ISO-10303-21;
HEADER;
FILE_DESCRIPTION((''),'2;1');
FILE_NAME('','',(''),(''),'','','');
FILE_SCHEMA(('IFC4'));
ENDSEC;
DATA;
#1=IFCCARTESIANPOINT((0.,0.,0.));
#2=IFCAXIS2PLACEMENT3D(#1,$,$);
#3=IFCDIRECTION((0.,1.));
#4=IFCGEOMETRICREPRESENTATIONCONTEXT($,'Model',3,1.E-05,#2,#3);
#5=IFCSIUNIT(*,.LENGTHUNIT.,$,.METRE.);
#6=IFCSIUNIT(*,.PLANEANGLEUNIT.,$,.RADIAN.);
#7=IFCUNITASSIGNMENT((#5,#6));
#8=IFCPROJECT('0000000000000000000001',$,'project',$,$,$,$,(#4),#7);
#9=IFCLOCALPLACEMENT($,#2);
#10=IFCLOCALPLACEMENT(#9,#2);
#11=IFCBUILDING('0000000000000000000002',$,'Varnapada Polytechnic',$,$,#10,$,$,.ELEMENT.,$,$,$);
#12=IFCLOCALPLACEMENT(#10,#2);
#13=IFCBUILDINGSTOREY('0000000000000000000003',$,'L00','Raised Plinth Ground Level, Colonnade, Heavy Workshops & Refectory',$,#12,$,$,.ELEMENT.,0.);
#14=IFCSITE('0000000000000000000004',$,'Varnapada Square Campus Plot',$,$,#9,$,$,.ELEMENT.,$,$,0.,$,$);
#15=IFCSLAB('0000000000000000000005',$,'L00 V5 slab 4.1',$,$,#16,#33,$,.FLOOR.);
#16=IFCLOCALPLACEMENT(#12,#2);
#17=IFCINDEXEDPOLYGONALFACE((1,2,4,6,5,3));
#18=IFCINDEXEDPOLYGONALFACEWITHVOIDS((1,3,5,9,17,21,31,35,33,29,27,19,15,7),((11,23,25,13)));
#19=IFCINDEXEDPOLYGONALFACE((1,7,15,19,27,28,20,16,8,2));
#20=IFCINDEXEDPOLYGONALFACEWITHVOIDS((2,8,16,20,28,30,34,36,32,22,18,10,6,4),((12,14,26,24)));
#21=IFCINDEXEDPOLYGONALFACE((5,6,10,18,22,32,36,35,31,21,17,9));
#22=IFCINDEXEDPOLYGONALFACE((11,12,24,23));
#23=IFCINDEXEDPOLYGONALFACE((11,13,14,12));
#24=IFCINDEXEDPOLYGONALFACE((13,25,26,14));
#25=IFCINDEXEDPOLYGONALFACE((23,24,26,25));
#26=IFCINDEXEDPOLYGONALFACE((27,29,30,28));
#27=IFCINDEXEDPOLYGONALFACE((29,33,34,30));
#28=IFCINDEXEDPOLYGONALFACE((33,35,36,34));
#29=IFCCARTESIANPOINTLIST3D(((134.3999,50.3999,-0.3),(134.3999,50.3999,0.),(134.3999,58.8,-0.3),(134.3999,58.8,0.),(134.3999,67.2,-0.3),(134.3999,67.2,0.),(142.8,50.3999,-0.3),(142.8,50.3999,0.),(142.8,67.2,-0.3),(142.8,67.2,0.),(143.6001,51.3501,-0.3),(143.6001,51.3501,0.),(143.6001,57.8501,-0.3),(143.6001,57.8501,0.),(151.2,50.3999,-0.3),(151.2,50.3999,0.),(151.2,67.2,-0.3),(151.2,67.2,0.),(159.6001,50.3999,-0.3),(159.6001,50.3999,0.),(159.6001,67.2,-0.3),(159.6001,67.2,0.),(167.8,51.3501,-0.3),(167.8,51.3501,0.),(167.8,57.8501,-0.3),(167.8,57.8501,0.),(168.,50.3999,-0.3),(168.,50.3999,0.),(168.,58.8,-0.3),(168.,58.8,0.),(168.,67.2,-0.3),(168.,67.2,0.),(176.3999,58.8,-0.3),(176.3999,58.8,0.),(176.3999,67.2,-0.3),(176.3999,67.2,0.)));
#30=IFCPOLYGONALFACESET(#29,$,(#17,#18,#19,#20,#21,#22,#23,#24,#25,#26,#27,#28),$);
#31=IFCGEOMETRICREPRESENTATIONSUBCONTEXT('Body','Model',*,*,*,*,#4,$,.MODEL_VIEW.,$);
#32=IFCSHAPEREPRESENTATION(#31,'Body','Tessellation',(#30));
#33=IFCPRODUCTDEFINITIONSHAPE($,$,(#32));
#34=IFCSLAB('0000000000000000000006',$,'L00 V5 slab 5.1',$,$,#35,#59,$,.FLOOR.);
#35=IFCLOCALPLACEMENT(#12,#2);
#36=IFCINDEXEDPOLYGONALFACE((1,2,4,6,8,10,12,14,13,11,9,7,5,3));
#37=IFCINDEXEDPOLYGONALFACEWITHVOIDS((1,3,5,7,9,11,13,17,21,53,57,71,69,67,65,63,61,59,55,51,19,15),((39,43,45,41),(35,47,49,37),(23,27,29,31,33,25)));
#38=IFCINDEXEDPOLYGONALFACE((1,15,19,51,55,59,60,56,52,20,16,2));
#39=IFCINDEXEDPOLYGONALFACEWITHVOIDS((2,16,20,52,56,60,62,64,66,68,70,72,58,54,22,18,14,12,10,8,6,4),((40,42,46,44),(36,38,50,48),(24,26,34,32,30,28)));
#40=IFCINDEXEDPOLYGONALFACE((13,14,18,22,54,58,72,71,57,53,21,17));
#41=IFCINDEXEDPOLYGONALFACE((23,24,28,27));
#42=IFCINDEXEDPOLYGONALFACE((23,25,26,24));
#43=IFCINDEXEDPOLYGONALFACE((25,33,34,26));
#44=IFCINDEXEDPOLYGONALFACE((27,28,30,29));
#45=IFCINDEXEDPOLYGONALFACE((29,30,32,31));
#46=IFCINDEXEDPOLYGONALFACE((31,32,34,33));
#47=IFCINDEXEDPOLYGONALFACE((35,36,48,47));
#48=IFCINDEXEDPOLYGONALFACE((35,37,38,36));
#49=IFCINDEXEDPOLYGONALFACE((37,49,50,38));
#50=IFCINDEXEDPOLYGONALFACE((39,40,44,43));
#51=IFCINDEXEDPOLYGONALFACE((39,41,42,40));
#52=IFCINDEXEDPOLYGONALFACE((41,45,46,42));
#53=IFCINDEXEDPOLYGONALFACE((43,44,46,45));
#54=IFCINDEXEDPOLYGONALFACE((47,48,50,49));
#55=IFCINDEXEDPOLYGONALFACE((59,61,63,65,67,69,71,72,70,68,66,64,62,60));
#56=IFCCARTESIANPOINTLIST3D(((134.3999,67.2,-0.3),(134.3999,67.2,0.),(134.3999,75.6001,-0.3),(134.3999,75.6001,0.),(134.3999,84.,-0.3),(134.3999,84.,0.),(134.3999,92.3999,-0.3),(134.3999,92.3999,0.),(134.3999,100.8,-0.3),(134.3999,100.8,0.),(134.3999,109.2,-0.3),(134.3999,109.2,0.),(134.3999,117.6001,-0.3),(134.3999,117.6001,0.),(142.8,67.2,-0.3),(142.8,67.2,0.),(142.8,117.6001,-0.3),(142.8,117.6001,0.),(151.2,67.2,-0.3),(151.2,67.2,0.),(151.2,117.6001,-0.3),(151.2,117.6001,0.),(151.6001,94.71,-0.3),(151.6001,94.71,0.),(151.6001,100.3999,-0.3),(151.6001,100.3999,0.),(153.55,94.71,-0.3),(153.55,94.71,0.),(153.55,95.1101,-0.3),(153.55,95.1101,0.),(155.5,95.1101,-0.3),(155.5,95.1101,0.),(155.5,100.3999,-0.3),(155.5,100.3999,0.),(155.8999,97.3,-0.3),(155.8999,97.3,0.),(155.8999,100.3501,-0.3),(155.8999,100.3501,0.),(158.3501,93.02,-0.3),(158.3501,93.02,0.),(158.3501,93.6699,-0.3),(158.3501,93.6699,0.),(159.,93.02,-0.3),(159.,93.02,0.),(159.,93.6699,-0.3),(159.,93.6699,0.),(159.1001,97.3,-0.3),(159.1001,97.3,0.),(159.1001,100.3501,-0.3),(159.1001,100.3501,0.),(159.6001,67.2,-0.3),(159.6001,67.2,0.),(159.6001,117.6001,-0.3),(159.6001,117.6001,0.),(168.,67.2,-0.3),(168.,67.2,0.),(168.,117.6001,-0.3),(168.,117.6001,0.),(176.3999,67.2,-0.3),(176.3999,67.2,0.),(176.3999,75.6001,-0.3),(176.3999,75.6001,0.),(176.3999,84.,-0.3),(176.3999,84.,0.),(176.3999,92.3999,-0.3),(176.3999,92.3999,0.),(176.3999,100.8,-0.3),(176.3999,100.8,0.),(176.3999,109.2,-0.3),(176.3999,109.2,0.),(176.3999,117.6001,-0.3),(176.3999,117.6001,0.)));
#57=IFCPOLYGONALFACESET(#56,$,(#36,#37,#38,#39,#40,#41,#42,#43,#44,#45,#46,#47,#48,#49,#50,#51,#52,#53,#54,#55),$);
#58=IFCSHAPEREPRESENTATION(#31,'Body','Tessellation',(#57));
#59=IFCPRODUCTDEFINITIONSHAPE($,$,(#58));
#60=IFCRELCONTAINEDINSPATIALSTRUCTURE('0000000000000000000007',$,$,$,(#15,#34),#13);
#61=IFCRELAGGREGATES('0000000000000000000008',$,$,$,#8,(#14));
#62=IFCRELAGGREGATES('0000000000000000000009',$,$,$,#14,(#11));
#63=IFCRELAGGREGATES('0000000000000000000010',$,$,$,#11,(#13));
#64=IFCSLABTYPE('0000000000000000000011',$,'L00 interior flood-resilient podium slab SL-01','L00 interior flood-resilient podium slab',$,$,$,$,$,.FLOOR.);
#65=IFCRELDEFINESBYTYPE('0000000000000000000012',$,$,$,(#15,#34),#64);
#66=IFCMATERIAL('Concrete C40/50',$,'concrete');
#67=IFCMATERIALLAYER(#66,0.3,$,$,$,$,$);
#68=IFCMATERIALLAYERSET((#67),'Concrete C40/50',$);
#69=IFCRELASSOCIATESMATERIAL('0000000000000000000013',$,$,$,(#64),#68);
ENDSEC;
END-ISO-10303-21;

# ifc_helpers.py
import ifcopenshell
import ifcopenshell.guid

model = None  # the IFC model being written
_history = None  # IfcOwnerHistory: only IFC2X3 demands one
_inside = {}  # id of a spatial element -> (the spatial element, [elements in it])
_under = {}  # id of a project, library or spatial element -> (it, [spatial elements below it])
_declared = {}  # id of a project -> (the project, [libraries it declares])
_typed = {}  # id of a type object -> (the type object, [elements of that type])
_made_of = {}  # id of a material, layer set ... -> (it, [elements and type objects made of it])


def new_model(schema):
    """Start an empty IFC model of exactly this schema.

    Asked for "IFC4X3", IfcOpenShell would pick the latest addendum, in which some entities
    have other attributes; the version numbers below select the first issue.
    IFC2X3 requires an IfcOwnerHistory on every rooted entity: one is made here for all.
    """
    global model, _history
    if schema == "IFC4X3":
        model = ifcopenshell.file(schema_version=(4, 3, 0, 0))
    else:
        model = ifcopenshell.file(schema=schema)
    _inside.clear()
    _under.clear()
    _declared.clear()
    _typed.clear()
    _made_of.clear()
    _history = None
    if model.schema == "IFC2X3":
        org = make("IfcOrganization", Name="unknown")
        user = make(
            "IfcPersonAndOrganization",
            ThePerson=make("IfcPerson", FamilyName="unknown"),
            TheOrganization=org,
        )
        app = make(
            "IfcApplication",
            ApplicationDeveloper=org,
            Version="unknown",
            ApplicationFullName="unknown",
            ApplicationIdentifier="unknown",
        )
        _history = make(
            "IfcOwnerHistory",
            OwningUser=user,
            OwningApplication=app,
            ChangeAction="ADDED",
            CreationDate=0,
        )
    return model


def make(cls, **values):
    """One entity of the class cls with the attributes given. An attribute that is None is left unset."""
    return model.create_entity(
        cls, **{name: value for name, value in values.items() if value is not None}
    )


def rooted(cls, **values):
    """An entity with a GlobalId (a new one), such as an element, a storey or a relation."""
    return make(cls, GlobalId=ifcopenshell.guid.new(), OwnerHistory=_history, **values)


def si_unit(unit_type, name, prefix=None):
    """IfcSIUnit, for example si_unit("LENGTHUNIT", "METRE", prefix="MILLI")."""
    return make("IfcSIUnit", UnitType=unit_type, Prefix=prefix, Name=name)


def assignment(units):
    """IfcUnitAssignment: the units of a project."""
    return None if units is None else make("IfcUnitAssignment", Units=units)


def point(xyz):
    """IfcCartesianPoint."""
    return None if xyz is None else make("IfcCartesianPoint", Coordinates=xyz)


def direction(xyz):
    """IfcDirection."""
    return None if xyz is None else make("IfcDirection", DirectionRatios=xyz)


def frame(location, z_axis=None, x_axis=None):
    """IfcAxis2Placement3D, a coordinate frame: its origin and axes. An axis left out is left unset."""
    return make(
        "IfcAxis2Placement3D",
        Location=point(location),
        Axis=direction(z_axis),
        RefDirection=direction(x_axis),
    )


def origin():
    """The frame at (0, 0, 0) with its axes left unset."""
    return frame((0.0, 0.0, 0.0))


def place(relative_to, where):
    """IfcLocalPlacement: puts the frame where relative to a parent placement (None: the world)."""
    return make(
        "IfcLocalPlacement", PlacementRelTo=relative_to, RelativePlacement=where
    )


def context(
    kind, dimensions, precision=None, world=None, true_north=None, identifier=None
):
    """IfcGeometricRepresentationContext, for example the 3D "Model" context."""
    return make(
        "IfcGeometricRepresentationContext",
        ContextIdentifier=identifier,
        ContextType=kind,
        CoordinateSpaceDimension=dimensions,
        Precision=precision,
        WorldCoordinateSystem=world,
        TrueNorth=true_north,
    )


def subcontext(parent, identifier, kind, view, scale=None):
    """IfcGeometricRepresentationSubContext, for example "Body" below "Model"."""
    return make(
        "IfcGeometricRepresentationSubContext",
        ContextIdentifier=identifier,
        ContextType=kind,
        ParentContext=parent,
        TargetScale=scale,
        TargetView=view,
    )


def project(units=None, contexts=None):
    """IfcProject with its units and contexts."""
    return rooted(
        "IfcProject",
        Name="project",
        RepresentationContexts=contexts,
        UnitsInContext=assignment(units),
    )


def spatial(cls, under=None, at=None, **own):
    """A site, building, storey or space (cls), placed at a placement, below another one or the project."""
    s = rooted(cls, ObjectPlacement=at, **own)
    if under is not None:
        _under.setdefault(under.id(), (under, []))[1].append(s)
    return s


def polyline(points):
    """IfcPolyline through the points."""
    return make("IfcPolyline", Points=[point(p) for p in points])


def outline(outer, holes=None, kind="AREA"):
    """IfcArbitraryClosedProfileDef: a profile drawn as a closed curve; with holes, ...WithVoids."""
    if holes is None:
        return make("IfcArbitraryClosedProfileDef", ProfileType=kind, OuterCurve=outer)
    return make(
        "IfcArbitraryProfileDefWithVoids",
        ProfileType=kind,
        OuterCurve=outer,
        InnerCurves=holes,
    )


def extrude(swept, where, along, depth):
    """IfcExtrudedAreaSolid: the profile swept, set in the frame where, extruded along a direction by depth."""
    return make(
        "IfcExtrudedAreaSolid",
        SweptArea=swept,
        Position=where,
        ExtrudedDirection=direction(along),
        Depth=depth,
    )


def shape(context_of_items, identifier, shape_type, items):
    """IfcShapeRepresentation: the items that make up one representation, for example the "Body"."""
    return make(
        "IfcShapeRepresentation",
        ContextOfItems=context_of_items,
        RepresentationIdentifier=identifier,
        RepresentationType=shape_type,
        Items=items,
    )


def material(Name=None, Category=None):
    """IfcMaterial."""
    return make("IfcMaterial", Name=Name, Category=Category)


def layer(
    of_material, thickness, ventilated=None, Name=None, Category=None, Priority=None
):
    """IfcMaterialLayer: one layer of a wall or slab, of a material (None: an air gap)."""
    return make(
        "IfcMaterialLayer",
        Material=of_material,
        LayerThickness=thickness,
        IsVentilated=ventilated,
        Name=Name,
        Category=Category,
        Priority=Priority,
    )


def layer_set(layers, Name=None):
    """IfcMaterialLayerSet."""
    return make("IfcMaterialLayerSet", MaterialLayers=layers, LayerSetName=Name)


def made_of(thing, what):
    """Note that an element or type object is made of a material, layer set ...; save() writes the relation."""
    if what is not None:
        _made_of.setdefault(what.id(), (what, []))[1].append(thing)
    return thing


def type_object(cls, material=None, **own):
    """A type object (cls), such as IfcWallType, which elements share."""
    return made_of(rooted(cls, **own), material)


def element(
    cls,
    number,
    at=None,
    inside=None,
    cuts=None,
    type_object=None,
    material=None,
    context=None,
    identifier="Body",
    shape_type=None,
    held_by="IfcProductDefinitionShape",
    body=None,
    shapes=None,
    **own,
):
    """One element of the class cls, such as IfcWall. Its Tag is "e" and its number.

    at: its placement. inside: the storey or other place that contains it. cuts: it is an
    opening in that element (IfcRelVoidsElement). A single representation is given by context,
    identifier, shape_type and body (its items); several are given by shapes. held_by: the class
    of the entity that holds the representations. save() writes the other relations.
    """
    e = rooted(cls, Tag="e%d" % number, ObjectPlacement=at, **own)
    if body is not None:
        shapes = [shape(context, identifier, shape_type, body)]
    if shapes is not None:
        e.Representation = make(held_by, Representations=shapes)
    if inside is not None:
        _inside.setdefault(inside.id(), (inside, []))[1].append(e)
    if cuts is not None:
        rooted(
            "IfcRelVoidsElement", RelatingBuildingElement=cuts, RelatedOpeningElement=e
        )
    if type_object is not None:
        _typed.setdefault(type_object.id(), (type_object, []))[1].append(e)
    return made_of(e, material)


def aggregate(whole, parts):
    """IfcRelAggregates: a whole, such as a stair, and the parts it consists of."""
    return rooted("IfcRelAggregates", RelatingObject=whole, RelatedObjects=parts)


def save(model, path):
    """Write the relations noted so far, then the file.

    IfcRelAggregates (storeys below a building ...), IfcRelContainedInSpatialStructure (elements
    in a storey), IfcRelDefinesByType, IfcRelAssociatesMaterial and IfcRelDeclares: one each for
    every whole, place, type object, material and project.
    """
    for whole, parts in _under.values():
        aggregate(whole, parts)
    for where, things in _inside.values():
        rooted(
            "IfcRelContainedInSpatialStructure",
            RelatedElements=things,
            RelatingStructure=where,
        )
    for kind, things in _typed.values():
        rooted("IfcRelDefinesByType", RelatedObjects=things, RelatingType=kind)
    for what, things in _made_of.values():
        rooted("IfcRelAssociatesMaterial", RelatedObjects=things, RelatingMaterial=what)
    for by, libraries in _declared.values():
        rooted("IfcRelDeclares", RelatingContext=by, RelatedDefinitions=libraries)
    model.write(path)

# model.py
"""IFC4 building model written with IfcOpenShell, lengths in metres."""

from ifc_helpers import new_model, si_unit, direction, frame, origin, place, context, subcontext, project, spatial, polyline, outline, extrude, material, layer, layer_set, type_object, element, save


model = new_model("IFC4")

# Units and contexts
model_context = context("Model", 3, precision=1e-05, world=origin(), true_north=direction((0.0, 1.0)))
body_context = subcontext(model_context, "Body", "Model", "MODEL_VIEW")
ifc_project = project(units=[si_unit("LENGTHUNIT", "METRE"), si_unit("PLANEANGLEUNIT", "RADIAN")], contexts=[model_context])

# Site, building, storey
site_placement = place(None, origin())
site = spatial("IfcSite", under=ifc_project, at=site_placement, Name="Varnapada Square Campus Plot", CompositionType="ELEMENT", RefElevation=0.0)
building_placement = place(site_placement, origin())
building = spatial("IfcBuilding", under=site, at=building_placement, Name="Varnapada Polytechnic", CompositionType="ELEMENT")
storey_placement = place(building_placement, origin())
storey = spatial("IfcBuildingStorey", under=building, at=storey_placement, Name="L00", Description="Raised Plinth Ground Level, Colonnade, Heavy Workshops & Refectory", CompositionType="ELEMENT", Elevation=0.0)

# Slabs
ifc_material = material(Name="Concrete C40/50", Category="concrete")
ifc_layer_1 = layer(ifc_material, 0.3)
ifc_layer_set_1 = layer_set([ifc_layer_1], Name="Concrete C40/50")
slab_type_1 = type_object("IfcSlabType", Name="L00 interior flood-resilient podium slab SL-01", Description="L00 interior flood-resilient podium slab", PredefinedType="FLOOR", material=ifc_layer_set_1)
slab_1_placement = place(storey_placement, frame((0.0, 0.0, -0.3)))
element("IfcSlab", 1, at=slab_1_placement, inside=storey, type_object=slab_type_1, Name="L00 V5 slab 4.1", PredefinedType="FLOOR", context=body_context, shape_type="SweptSolid", body=[
    extrude(outline(polyline([(168.0, 50.3999), (159.6001, 50.3999), (151.2, 50.3999), (142.8, 50.3999), (134.3999, 50.3999), (134.3999, 58.8), (134.3999, 67.2), (142.8, 67.2), (151.2, 67.2), (159.6001, 67.2), (168.0, 67.2), (176.3999, 67.2), (176.3999, 58.8), (168.0, 58.8), (168.0, 50.3999)]), holes=[polyline([(143.6001, 51.3501), (167.8, 51.3501), (167.8, 57.8501), (143.6001, 57.8501), (143.6001, 51.3501)])]), origin(), (0.0, 0.0, 1.0), 0.3),
])
slab_2_placement = place(storey_placement, frame((0.0, 0.0, -0.3)))
element("IfcSlab", 2, at=slab_2_placement, inside=storey, type_object=slab_type_1, Name="L00 V5 slab 5.1", PredefinedType="FLOOR", context=body_context, shape_type="SweptSolid", body=[
    extrude(outline(polyline([(134.3999, 92.3999), (134.3999, 100.8), (134.3999, 109.2), (134.3999, 117.6001), (142.8, 117.6001), (151.2, 117.6001), (159.6001, 117.6001), (168.0, 117.6001), (176.3999, 117.6001), (176.3999, 109.2), (176.3999, 100.8), (176.3999, 92.3999), (176.3999, 84.0), (176.3999, 75.6001), (176.3999, 67.2), (168.0, 67.2), (159.6001, 67.2), (151.2, 67.2), (142.8, 67.2), (134.3999, 67.2), (134.3999, 75.6001), (134.3999, 84.0), (134.3999, 92.3999)]), holes=[polyline([(151.6001, 94.71), (153.55, 94.71), (153.55, 95.1101), (155.5, 95.1101), (155.5, 100.3999), (151.6001, 100.3999), (151.6001, 94.71)]), polyline([(155.8999, 97.3), (159.1001, 97.3), (159.1001, 100.3501), (155.8999, 100.3501), (155.8999, 97.3)]), polyline([(158.3501, 93.02), (159.0, 93.02), (159.0, 93.6699), (158.3501, 93.6699), (158.3501, 93.02)])]), origin(), (0.0, 0.0, 1.0), 0.3),
])

save(model, "model.ifc")
